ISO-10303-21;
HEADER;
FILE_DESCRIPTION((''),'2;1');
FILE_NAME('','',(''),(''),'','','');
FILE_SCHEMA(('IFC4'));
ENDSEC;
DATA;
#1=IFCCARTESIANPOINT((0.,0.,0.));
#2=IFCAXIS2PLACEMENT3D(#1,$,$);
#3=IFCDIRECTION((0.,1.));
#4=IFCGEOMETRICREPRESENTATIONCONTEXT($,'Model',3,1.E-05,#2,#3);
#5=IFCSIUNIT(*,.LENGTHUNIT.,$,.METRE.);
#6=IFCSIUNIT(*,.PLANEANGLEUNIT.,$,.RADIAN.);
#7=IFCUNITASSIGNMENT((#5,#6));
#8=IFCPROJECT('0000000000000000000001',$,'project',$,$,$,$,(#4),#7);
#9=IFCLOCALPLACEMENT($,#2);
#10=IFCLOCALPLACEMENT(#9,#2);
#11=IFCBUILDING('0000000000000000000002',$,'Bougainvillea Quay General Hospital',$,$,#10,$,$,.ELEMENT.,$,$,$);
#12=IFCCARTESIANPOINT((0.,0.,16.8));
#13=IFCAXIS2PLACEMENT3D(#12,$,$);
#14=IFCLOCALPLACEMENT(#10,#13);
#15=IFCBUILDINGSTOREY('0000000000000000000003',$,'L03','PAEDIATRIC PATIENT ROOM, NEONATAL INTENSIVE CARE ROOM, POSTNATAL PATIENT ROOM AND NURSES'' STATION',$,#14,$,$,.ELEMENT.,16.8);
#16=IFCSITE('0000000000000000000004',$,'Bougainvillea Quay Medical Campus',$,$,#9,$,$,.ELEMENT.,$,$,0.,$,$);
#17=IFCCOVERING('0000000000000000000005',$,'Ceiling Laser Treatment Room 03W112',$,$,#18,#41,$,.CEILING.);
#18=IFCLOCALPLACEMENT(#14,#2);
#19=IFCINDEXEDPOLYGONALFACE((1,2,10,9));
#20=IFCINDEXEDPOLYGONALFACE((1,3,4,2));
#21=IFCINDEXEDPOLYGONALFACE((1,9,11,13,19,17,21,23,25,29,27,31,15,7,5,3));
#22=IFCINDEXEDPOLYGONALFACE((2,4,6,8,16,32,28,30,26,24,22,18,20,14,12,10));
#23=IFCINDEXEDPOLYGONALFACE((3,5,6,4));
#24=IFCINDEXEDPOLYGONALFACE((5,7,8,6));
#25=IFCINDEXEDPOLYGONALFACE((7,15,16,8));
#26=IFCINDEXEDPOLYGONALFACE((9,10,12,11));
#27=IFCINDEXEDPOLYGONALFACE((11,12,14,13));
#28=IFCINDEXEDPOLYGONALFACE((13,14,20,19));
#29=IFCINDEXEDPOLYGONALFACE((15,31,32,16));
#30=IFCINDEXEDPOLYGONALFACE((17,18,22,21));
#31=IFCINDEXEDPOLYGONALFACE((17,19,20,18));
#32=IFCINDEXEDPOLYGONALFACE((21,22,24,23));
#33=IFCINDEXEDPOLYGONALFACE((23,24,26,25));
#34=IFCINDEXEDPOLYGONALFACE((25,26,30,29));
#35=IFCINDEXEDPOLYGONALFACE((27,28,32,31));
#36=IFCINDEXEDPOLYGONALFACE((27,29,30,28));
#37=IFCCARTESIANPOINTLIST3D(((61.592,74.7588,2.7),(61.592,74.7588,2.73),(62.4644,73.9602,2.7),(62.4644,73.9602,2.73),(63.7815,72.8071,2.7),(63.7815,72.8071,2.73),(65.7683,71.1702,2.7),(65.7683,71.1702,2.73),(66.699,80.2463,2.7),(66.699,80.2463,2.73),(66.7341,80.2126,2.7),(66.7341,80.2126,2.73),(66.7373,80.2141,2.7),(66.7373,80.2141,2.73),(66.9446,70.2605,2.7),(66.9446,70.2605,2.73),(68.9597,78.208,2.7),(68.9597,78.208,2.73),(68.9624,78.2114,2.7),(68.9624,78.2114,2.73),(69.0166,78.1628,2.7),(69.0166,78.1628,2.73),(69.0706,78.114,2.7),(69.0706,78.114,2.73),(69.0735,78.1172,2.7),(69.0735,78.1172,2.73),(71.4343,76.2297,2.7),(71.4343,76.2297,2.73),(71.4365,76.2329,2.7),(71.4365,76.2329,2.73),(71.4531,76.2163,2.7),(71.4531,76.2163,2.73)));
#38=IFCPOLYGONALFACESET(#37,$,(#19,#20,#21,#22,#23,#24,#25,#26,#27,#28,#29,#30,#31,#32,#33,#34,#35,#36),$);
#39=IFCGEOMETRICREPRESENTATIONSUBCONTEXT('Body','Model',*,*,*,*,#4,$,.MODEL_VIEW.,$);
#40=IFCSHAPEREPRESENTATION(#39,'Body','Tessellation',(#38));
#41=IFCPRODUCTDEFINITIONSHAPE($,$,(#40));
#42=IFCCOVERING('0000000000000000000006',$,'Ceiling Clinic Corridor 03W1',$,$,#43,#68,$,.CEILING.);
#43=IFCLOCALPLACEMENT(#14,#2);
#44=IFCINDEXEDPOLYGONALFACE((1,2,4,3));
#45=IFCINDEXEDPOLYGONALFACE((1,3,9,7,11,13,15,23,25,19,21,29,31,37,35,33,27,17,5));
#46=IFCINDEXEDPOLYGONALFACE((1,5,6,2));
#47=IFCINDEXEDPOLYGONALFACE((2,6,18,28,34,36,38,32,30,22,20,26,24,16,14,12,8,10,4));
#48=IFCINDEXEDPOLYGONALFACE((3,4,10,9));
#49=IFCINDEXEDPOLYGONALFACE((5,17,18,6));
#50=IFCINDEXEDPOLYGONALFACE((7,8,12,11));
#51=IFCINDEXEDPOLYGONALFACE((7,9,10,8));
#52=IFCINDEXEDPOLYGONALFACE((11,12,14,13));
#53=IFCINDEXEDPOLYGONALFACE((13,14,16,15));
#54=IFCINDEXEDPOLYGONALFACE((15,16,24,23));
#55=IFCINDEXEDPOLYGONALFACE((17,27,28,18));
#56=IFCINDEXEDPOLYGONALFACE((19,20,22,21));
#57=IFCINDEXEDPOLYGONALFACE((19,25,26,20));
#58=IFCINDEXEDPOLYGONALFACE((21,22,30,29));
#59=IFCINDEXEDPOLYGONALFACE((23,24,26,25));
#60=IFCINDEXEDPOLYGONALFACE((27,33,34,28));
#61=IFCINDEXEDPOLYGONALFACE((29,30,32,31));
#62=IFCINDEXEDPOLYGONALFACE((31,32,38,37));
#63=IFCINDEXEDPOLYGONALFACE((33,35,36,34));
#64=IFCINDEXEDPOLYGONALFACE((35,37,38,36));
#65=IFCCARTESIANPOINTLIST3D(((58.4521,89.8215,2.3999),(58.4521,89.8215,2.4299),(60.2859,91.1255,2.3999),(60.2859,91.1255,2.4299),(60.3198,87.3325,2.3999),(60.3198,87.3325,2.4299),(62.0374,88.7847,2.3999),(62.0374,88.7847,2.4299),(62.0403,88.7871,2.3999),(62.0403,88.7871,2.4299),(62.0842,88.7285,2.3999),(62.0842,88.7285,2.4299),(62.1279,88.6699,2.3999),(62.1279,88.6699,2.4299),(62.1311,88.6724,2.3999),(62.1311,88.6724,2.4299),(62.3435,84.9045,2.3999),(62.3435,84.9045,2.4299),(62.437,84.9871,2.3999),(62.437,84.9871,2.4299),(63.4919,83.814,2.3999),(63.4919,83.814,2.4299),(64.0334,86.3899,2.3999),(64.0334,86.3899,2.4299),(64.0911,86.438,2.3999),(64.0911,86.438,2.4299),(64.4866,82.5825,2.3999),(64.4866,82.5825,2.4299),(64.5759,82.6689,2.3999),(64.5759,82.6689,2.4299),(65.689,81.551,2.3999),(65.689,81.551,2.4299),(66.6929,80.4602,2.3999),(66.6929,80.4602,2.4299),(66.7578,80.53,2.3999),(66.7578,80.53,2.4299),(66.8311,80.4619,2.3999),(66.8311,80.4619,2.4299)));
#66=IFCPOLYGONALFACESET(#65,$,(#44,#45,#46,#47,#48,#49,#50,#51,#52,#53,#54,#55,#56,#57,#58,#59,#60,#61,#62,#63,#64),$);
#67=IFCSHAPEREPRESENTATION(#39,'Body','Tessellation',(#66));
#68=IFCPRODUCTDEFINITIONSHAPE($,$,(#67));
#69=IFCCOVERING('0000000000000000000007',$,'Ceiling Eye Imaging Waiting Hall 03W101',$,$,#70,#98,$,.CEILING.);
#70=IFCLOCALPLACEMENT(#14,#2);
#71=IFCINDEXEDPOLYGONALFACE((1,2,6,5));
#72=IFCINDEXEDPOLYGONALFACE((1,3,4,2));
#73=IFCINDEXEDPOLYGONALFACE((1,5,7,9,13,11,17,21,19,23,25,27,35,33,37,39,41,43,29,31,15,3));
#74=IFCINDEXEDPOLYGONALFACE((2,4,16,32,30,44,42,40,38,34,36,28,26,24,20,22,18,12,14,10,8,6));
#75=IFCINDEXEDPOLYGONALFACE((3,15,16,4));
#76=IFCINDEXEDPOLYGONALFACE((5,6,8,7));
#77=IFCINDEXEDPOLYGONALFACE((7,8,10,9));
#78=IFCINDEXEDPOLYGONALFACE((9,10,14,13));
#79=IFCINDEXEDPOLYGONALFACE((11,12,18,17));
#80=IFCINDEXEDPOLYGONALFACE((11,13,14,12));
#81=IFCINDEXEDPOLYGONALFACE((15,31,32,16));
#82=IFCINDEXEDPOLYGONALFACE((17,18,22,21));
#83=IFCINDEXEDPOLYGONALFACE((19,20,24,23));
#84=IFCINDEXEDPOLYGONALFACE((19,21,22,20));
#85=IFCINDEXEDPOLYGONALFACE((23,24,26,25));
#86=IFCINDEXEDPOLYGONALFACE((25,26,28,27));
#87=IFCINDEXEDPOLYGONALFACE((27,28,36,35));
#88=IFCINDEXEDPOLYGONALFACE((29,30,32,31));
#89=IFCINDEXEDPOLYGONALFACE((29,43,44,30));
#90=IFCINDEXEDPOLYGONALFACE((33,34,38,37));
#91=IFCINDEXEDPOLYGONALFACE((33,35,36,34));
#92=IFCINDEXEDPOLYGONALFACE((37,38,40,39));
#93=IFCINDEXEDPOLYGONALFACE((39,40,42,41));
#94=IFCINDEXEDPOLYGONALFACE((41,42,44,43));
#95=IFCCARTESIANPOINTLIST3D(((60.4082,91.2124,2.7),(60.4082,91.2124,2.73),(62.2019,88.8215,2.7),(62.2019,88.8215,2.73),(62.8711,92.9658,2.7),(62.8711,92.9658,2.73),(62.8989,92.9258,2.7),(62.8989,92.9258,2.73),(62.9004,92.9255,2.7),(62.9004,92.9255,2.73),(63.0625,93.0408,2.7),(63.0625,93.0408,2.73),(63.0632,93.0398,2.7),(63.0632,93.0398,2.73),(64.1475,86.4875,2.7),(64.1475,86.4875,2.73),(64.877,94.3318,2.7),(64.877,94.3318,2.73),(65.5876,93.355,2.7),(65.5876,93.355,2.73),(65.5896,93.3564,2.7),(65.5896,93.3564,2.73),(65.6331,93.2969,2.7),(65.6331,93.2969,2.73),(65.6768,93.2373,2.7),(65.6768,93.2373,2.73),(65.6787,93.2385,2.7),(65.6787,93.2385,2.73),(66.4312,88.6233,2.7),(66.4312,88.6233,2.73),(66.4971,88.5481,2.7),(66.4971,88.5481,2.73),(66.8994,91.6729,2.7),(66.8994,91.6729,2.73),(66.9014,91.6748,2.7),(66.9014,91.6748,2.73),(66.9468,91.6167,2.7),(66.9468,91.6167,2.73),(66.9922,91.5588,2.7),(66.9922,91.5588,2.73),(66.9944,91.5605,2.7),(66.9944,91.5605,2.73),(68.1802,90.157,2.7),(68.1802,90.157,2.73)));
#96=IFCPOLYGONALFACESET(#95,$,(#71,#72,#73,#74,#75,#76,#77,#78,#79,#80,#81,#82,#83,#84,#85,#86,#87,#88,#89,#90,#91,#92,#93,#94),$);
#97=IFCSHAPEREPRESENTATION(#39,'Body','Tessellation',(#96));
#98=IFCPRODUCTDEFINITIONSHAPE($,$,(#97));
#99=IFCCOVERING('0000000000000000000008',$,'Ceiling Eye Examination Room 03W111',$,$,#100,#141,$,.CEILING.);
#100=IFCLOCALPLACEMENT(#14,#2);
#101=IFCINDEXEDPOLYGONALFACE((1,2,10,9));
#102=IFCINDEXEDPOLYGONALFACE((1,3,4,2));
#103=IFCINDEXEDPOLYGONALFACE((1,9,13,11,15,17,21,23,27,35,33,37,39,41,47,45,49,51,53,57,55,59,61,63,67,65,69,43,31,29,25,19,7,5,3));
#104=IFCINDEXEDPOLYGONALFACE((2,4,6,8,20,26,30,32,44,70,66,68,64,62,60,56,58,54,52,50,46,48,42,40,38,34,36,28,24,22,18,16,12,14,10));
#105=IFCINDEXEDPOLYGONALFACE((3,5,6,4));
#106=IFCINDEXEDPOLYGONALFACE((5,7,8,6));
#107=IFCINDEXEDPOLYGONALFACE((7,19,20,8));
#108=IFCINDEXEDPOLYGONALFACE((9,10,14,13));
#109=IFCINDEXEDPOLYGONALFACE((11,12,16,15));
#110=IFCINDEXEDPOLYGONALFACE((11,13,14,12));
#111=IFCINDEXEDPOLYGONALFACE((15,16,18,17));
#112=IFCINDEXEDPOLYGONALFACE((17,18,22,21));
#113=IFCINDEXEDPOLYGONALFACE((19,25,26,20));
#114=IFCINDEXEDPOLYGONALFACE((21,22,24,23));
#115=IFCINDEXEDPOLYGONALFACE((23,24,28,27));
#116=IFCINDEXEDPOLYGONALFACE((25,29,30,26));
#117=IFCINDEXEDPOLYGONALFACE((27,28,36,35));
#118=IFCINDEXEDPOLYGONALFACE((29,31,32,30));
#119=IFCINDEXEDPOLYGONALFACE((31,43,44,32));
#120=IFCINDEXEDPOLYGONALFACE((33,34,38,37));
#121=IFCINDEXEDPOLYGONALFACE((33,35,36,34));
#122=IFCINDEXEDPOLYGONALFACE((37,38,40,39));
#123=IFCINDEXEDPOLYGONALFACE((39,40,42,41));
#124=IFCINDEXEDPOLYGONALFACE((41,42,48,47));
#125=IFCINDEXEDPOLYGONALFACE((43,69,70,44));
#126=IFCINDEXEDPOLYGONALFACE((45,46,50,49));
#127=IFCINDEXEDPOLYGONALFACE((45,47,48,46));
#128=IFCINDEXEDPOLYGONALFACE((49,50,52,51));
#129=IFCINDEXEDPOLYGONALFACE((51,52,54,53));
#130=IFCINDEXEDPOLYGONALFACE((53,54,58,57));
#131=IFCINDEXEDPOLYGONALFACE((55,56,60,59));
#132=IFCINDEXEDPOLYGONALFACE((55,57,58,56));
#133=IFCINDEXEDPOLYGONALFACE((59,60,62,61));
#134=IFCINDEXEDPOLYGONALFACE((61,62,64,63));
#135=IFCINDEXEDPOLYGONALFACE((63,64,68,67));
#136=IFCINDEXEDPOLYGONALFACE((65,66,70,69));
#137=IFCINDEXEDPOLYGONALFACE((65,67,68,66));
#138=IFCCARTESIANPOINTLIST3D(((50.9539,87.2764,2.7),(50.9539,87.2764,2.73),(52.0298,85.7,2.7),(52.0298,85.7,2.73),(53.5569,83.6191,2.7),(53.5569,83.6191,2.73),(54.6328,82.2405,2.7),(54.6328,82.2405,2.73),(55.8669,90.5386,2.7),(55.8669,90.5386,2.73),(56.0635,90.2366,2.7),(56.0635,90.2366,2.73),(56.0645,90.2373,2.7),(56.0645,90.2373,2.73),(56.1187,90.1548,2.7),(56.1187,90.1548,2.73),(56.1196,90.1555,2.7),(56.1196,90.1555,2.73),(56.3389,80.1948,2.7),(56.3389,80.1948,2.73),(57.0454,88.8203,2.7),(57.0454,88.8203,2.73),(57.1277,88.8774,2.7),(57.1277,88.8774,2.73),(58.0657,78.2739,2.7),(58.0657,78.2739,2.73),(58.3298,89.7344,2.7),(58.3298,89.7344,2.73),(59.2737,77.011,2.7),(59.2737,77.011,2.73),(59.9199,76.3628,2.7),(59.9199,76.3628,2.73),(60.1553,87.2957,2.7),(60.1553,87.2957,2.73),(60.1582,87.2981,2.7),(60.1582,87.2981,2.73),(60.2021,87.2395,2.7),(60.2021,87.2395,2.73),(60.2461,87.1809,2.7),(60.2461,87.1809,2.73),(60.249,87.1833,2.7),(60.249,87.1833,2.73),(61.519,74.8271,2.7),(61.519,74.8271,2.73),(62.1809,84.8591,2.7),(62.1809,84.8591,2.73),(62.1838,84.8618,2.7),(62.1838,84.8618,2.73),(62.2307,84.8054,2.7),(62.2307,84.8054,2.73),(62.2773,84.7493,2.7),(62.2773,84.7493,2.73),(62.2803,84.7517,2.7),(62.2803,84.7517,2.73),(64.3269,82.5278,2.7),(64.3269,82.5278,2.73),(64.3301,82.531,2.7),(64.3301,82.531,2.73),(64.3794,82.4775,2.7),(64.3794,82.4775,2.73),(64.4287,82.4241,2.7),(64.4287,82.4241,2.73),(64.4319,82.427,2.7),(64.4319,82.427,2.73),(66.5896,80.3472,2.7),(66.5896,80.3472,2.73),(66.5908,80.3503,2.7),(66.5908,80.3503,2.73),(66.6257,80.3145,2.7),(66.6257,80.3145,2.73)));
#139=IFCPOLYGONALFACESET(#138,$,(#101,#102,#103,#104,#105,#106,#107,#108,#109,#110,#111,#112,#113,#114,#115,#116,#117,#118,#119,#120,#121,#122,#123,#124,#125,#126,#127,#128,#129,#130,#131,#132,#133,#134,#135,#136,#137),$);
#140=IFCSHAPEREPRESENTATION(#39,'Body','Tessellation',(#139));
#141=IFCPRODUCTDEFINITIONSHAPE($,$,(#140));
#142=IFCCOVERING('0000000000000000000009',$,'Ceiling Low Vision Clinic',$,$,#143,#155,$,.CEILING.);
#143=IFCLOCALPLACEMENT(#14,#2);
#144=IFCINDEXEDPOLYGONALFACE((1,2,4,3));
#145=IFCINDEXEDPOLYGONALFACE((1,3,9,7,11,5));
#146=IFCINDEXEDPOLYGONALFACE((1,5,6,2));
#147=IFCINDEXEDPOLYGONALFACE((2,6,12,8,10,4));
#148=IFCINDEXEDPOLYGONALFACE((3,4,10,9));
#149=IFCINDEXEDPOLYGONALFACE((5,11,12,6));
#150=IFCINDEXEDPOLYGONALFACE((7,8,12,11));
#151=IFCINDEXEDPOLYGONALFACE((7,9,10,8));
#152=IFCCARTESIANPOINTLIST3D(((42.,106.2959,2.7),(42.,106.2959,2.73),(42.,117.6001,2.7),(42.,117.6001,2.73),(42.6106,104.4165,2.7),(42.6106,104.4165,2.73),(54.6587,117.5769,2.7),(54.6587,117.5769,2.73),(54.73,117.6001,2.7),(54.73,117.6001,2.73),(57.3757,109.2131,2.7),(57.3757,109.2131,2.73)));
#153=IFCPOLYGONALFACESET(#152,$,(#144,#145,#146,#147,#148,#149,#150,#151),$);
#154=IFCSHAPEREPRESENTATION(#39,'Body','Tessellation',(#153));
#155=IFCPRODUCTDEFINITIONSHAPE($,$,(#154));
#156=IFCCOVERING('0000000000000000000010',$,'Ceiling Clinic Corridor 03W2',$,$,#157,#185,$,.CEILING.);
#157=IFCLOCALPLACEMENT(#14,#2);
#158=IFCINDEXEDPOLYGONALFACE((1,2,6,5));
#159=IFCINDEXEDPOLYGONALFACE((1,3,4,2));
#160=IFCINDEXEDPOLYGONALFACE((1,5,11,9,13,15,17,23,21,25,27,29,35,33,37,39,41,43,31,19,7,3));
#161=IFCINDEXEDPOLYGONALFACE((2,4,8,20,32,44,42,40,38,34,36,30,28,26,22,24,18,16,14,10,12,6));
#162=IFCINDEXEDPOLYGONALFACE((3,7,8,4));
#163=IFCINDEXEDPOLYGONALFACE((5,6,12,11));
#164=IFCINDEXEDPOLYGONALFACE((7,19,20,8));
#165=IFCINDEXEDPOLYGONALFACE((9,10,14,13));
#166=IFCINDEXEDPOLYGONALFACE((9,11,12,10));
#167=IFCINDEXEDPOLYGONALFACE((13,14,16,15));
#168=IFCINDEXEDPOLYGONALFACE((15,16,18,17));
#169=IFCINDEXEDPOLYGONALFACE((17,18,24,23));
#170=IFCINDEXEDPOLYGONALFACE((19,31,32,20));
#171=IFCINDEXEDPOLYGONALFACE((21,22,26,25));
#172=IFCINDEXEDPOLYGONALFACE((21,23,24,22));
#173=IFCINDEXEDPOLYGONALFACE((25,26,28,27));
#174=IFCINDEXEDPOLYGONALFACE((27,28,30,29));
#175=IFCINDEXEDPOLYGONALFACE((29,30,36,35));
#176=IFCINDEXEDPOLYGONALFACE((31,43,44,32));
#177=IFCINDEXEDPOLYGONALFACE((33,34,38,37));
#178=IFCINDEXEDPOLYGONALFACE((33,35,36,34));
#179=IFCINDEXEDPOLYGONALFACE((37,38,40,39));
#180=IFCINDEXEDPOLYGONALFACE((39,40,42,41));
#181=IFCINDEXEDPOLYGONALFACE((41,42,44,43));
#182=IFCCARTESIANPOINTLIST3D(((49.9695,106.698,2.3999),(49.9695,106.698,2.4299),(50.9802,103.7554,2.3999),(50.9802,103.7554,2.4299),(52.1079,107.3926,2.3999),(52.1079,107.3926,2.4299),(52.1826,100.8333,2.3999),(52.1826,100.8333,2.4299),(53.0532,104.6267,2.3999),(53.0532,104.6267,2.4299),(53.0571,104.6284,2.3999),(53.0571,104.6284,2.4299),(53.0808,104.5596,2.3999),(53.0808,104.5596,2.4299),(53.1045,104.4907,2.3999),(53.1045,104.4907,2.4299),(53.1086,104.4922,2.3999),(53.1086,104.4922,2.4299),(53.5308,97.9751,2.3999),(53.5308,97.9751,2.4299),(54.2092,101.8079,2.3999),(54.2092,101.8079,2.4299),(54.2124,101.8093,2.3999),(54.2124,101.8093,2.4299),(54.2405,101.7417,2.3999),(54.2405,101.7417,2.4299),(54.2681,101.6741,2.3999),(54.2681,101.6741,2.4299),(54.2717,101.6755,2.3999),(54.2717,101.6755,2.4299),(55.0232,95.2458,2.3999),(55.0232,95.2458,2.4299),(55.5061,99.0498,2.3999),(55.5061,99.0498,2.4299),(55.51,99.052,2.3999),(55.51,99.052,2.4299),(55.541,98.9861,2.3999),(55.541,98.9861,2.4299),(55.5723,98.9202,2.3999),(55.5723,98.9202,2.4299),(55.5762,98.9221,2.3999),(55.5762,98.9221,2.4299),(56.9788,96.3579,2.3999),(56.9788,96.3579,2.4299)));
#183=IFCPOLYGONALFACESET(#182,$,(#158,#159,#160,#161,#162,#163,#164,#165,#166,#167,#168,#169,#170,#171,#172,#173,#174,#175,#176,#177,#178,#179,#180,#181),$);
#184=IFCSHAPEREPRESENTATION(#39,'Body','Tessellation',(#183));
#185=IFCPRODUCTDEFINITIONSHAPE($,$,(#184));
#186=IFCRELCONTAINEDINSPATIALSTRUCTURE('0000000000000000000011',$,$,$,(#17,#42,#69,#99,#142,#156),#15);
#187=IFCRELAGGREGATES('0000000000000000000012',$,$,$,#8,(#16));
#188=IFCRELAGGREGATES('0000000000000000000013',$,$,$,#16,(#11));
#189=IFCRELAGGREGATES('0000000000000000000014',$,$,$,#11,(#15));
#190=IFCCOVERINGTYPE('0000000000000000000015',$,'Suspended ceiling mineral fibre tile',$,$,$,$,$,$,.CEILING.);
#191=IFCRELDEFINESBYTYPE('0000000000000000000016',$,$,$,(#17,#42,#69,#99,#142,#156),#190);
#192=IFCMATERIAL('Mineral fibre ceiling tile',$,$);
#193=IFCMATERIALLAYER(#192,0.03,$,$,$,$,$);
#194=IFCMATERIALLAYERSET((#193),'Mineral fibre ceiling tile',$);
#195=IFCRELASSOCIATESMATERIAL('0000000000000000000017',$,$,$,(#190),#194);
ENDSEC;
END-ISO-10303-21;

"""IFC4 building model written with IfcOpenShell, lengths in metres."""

from ifc_helpers import new_model, si_unit, direction, frame, origin, place, context, subcontext, project, spatial, polyline, outline, extrude, material, layer, layer_set, type_object, element, save


model = new_model("IFC4")

# Units and contexts
model_context = context("Model", 3, precision=1e-05, world=origin(), true_north=direction((0.0, 1.0)))
body_context = subcontext(model_context, "Body", "Model", "MODEL_VIEW")
ifc_project = project(units=[si_unit("LENGTHUNIT", "METRE"), si_unit("PLANEANGLEUNIT", "RADIAN")], contexts=[model_context])

# Site, building, storey
site_placement = place(None, origin())
site = spatial("IfcSite", under=ifc_project, at=site_placement, Name="Bougainvillea Quay Medical Campus", CompositionType="ELEMENT", RefElevation=0.0)
building_placement = place(site_placement, origin())
building = spatial("IfcBuilding", under=site, at=building_placement, Name="Bougainvillea Quay General Hospital", CompositionType="ELEMENT")
storey_placement = place(building_placement, frame((0.0, 0.0, 16.8)))
storey = spatial("IfcBuildingStorey", under=building, at=storey_placement, Name="L03", Description="PAEDIATRIC PATIENT ROOM, NEONATAL INTENSIVE CARE ROOM, POSTNATAL PATIENT ROOM AND NURSES' STATION", CompositionType="ELEMENT", Elevation=16.8)

# Coverings
ifc_material = material(Name="Mineral fibre ceiling tile")
ifc_layer = layer(ifc_material, 0.03)
ifc_layer_set = layer_set([ifc_layer], Name="Mineral fibre ceiling tile")
covering_type = type_object("IfcCoveringType", Name="Suspended ceiling mineral fibre tile", PredefinedType="CEILING", material=ifc_layer_set)
covering_1_placement = place(storey_placement, frame((0.0, 0.0, 2.7)))
element("IfcCovering", 1, at=covering_1_placement, inside=storey, type_object=covering_type, Name="Ceiling Laser Treatment Room 03W112", PredefinedType="CEILING", context=body_context, shape_type="SweptSolid", body=[
    extrude(outline(polyline([(65.7683, 71.1702), (66.9446, 70.2605), (71.4531, 76.2163), (71.4343, 76.2297), (71.4365, 76.2329), (69.0735, 78.1172), (69.0706, 78.114), (69.0166, 78.1628), (68.9597, 78.208), (68.9624, 78.2114), (66.7373, 80.2141), (66.7341, 80.2126), (66.699, 80.2463), (61.592, 74.7588), (62.4644, 73.9602), (63.7815, 72.8071), (65.7683, 71.1702)])), origin(), (0.0, 0.0, 1.0), 0.03),
])
covering_2_placement = place(storey_placement, frame((0.0, 0.0, 2.3999)))
element("IfcCovering", 2, at=covering_2_placement, inside=storey, type_object=covering_type, Name="Ceiling Clinic Corridor 03W1", PredefinedType="CEILING", context=body_context, shape_type="SweptSolid", body=[
    extrude(outline(polyline([(64.0911, 86.438), (64.0334, 86.3899), (62.1311, 88.6724), (62.1279, 88.6699), (62.0842, 88.7285), (62.0374, 88.7847), (62.0403, 88.7871), (60.2859, 91.1255), (58.4521, 89.8215), (60.3198, 87.3325), (62.3435, 84.9045), (64.4866, 82.5825), (66.6929, 80.4602), (66.7578, 80.53), (66.8311, 80.4619), (65.689, 81.551), (64.5759, 82.6689), (63.4919, 83.814), (62.437, 84.9871), (64.0911, 86.438)])), origin(), (0.0, 0.0, 1.0), 0.03),
])
covering_3_placement = place(storey_placement, frame((0.0, 0.0, 2.7)))
element("IfcCovering", 3, at=covering_3_placement, inside=storey, type_object=covering_type, Name="Ceiling Eye Imaging Waiting Hall 03W101", PredefinedType="CEILING", context=body_context, shape_type="SweptSolid", body=[
    extrude(outline(polyline([(66.4971, 88.5481), (66.4312, 88.6233), (68.1802, 90.157), (66.9944, 91.5605), (66.9922, 91.5588), (66.9468, 91.6167), (66.8994, 91.6729), (66.9014, 91.6748), (65.6787, 93.2385), (65.6768, 93.2373), (65.6331, 93.2969), (65.5876, 93.355), (65.5896, 93.3564), (64.877, 94.3318), (63.0625, 93.0408), (63.0632, 93.0398), (62.9004, 92.9255), (62.8989, 92.9258), (62.8711, 92.9658), (60.4082, 91.2124), (62.2019, 88.8215), (64.1475, 86.4875), (66.4971, 88.5481)])), origin(), (0.0, 0.0, 1.0), 0.03),
])
covering_4_placement = place(storey_placement, frame((0.0, 0.0, 2.7)))
element("IfcCovering", 4, at=covering_4_placement, inside=storey, type_object=covering_type, Name="Ceiling Eye Examination Room 03W111", PredefinedType="CEILING", context=body_context, shape_type="SweptSolid", body=[
    extrude(outline(polyline([(60.1553, 87.2957), (60.1582, 87.2981), (58.3298, 89.7344), (57.1277, 88.8774), (57.0454, 88.8203), (56.1196, 90.1555), (56.1187, 90.1548), (56.0635, 90.2366), (56.0645, 90.2373), (55.8669, 90.5386), (50.9539, 87.2764), (52.0298, 85.7), (53.5569, 83.6191), (54.6328, 82.2405), (56.3389, 80.1948), (58.0657, 78.2739), (59.2737, 77.011), (59.9199, 76.3628), (61.519, 74.8271), (66.6257, 80.3145), (66.5896, 80.3472), (66.5908, 80.3503), (64.4319, 82.427), (64.4287, 82.4241), (64.3794, 82.4775), (64.3269, 82.5278), (64.3301, 82.531), (62.2803, 84.7517), (62.2773, 84.7493), (62.2307, 84.8054), (62.1809, 84.8591), (62.1838, 84.8618), (60.249, 87.1833), (60.2461, 87.1809), (60.2021, 87.2395), (60.1553, 87.2957)])), origin(), (0.0, 0.0, 1.0), 0.03),
])
covering_5_placement = place(storey_placement, frame((0.0, 0.0, 2.7)))
element("IfcCovering", 5, at=covering_5_placement, inside=storey, type_object=covering_type, Name="Ceiling Low Vision Clinic", PredefinedType="CEILING", context=body_context, shape_type="SweptSolid", body=[
    extrude(outline(polyline([(42.6106, 104.4165), (57.3757, 109.2131), (54.6587, 117.5769), (54.73, 117.6001), (42.0, 117.6001), (42.0, 106.2959), (42.6106, 104.4165)])), origin(), (0.0, 0.0, 1.0), 0.03),
])
covering_6_placement = place(storey_placement, frame((0.0, 0.0, 2.3999)))
element("IfcCovering", 6, at=covering_6_placement, inside=storey, type_object=covering_type, Name="Ceiling Clinic Corridor 03W2", PredefinedType="CEILING", context=body_context, shape_type="SweptSolid", body=[
    extrude(outline(polyline([(55.541, 98.9861), (55.5061, 99.0498), (55.51, 99.052), (54.2717, 101.6755), (54.2681, 101.6741), (54.2405, 101.7417), (54.2092, 101.8079), (54.2124, 101.8093), (53.1086, 104.4922), (53.1045, 104.4907), (53.0808, 104.5596), (53.0532, 104.6267), (53.0571, 104.6284), (52.1079, 107.3926), (49.9695, 106.698), (50.9802, 103.7554), (52.1826, 100.8333), (53.5308, 97.9751), (55.0232, 95.2458), (56.9788, 96.3579), (55.5762, 98.9221), (55.5723, 98.9202), (55.541, 98.9861)])), origin(), (0.0, 0.0, 1.0), 0.03),
])

save(model, "model.ifc")
